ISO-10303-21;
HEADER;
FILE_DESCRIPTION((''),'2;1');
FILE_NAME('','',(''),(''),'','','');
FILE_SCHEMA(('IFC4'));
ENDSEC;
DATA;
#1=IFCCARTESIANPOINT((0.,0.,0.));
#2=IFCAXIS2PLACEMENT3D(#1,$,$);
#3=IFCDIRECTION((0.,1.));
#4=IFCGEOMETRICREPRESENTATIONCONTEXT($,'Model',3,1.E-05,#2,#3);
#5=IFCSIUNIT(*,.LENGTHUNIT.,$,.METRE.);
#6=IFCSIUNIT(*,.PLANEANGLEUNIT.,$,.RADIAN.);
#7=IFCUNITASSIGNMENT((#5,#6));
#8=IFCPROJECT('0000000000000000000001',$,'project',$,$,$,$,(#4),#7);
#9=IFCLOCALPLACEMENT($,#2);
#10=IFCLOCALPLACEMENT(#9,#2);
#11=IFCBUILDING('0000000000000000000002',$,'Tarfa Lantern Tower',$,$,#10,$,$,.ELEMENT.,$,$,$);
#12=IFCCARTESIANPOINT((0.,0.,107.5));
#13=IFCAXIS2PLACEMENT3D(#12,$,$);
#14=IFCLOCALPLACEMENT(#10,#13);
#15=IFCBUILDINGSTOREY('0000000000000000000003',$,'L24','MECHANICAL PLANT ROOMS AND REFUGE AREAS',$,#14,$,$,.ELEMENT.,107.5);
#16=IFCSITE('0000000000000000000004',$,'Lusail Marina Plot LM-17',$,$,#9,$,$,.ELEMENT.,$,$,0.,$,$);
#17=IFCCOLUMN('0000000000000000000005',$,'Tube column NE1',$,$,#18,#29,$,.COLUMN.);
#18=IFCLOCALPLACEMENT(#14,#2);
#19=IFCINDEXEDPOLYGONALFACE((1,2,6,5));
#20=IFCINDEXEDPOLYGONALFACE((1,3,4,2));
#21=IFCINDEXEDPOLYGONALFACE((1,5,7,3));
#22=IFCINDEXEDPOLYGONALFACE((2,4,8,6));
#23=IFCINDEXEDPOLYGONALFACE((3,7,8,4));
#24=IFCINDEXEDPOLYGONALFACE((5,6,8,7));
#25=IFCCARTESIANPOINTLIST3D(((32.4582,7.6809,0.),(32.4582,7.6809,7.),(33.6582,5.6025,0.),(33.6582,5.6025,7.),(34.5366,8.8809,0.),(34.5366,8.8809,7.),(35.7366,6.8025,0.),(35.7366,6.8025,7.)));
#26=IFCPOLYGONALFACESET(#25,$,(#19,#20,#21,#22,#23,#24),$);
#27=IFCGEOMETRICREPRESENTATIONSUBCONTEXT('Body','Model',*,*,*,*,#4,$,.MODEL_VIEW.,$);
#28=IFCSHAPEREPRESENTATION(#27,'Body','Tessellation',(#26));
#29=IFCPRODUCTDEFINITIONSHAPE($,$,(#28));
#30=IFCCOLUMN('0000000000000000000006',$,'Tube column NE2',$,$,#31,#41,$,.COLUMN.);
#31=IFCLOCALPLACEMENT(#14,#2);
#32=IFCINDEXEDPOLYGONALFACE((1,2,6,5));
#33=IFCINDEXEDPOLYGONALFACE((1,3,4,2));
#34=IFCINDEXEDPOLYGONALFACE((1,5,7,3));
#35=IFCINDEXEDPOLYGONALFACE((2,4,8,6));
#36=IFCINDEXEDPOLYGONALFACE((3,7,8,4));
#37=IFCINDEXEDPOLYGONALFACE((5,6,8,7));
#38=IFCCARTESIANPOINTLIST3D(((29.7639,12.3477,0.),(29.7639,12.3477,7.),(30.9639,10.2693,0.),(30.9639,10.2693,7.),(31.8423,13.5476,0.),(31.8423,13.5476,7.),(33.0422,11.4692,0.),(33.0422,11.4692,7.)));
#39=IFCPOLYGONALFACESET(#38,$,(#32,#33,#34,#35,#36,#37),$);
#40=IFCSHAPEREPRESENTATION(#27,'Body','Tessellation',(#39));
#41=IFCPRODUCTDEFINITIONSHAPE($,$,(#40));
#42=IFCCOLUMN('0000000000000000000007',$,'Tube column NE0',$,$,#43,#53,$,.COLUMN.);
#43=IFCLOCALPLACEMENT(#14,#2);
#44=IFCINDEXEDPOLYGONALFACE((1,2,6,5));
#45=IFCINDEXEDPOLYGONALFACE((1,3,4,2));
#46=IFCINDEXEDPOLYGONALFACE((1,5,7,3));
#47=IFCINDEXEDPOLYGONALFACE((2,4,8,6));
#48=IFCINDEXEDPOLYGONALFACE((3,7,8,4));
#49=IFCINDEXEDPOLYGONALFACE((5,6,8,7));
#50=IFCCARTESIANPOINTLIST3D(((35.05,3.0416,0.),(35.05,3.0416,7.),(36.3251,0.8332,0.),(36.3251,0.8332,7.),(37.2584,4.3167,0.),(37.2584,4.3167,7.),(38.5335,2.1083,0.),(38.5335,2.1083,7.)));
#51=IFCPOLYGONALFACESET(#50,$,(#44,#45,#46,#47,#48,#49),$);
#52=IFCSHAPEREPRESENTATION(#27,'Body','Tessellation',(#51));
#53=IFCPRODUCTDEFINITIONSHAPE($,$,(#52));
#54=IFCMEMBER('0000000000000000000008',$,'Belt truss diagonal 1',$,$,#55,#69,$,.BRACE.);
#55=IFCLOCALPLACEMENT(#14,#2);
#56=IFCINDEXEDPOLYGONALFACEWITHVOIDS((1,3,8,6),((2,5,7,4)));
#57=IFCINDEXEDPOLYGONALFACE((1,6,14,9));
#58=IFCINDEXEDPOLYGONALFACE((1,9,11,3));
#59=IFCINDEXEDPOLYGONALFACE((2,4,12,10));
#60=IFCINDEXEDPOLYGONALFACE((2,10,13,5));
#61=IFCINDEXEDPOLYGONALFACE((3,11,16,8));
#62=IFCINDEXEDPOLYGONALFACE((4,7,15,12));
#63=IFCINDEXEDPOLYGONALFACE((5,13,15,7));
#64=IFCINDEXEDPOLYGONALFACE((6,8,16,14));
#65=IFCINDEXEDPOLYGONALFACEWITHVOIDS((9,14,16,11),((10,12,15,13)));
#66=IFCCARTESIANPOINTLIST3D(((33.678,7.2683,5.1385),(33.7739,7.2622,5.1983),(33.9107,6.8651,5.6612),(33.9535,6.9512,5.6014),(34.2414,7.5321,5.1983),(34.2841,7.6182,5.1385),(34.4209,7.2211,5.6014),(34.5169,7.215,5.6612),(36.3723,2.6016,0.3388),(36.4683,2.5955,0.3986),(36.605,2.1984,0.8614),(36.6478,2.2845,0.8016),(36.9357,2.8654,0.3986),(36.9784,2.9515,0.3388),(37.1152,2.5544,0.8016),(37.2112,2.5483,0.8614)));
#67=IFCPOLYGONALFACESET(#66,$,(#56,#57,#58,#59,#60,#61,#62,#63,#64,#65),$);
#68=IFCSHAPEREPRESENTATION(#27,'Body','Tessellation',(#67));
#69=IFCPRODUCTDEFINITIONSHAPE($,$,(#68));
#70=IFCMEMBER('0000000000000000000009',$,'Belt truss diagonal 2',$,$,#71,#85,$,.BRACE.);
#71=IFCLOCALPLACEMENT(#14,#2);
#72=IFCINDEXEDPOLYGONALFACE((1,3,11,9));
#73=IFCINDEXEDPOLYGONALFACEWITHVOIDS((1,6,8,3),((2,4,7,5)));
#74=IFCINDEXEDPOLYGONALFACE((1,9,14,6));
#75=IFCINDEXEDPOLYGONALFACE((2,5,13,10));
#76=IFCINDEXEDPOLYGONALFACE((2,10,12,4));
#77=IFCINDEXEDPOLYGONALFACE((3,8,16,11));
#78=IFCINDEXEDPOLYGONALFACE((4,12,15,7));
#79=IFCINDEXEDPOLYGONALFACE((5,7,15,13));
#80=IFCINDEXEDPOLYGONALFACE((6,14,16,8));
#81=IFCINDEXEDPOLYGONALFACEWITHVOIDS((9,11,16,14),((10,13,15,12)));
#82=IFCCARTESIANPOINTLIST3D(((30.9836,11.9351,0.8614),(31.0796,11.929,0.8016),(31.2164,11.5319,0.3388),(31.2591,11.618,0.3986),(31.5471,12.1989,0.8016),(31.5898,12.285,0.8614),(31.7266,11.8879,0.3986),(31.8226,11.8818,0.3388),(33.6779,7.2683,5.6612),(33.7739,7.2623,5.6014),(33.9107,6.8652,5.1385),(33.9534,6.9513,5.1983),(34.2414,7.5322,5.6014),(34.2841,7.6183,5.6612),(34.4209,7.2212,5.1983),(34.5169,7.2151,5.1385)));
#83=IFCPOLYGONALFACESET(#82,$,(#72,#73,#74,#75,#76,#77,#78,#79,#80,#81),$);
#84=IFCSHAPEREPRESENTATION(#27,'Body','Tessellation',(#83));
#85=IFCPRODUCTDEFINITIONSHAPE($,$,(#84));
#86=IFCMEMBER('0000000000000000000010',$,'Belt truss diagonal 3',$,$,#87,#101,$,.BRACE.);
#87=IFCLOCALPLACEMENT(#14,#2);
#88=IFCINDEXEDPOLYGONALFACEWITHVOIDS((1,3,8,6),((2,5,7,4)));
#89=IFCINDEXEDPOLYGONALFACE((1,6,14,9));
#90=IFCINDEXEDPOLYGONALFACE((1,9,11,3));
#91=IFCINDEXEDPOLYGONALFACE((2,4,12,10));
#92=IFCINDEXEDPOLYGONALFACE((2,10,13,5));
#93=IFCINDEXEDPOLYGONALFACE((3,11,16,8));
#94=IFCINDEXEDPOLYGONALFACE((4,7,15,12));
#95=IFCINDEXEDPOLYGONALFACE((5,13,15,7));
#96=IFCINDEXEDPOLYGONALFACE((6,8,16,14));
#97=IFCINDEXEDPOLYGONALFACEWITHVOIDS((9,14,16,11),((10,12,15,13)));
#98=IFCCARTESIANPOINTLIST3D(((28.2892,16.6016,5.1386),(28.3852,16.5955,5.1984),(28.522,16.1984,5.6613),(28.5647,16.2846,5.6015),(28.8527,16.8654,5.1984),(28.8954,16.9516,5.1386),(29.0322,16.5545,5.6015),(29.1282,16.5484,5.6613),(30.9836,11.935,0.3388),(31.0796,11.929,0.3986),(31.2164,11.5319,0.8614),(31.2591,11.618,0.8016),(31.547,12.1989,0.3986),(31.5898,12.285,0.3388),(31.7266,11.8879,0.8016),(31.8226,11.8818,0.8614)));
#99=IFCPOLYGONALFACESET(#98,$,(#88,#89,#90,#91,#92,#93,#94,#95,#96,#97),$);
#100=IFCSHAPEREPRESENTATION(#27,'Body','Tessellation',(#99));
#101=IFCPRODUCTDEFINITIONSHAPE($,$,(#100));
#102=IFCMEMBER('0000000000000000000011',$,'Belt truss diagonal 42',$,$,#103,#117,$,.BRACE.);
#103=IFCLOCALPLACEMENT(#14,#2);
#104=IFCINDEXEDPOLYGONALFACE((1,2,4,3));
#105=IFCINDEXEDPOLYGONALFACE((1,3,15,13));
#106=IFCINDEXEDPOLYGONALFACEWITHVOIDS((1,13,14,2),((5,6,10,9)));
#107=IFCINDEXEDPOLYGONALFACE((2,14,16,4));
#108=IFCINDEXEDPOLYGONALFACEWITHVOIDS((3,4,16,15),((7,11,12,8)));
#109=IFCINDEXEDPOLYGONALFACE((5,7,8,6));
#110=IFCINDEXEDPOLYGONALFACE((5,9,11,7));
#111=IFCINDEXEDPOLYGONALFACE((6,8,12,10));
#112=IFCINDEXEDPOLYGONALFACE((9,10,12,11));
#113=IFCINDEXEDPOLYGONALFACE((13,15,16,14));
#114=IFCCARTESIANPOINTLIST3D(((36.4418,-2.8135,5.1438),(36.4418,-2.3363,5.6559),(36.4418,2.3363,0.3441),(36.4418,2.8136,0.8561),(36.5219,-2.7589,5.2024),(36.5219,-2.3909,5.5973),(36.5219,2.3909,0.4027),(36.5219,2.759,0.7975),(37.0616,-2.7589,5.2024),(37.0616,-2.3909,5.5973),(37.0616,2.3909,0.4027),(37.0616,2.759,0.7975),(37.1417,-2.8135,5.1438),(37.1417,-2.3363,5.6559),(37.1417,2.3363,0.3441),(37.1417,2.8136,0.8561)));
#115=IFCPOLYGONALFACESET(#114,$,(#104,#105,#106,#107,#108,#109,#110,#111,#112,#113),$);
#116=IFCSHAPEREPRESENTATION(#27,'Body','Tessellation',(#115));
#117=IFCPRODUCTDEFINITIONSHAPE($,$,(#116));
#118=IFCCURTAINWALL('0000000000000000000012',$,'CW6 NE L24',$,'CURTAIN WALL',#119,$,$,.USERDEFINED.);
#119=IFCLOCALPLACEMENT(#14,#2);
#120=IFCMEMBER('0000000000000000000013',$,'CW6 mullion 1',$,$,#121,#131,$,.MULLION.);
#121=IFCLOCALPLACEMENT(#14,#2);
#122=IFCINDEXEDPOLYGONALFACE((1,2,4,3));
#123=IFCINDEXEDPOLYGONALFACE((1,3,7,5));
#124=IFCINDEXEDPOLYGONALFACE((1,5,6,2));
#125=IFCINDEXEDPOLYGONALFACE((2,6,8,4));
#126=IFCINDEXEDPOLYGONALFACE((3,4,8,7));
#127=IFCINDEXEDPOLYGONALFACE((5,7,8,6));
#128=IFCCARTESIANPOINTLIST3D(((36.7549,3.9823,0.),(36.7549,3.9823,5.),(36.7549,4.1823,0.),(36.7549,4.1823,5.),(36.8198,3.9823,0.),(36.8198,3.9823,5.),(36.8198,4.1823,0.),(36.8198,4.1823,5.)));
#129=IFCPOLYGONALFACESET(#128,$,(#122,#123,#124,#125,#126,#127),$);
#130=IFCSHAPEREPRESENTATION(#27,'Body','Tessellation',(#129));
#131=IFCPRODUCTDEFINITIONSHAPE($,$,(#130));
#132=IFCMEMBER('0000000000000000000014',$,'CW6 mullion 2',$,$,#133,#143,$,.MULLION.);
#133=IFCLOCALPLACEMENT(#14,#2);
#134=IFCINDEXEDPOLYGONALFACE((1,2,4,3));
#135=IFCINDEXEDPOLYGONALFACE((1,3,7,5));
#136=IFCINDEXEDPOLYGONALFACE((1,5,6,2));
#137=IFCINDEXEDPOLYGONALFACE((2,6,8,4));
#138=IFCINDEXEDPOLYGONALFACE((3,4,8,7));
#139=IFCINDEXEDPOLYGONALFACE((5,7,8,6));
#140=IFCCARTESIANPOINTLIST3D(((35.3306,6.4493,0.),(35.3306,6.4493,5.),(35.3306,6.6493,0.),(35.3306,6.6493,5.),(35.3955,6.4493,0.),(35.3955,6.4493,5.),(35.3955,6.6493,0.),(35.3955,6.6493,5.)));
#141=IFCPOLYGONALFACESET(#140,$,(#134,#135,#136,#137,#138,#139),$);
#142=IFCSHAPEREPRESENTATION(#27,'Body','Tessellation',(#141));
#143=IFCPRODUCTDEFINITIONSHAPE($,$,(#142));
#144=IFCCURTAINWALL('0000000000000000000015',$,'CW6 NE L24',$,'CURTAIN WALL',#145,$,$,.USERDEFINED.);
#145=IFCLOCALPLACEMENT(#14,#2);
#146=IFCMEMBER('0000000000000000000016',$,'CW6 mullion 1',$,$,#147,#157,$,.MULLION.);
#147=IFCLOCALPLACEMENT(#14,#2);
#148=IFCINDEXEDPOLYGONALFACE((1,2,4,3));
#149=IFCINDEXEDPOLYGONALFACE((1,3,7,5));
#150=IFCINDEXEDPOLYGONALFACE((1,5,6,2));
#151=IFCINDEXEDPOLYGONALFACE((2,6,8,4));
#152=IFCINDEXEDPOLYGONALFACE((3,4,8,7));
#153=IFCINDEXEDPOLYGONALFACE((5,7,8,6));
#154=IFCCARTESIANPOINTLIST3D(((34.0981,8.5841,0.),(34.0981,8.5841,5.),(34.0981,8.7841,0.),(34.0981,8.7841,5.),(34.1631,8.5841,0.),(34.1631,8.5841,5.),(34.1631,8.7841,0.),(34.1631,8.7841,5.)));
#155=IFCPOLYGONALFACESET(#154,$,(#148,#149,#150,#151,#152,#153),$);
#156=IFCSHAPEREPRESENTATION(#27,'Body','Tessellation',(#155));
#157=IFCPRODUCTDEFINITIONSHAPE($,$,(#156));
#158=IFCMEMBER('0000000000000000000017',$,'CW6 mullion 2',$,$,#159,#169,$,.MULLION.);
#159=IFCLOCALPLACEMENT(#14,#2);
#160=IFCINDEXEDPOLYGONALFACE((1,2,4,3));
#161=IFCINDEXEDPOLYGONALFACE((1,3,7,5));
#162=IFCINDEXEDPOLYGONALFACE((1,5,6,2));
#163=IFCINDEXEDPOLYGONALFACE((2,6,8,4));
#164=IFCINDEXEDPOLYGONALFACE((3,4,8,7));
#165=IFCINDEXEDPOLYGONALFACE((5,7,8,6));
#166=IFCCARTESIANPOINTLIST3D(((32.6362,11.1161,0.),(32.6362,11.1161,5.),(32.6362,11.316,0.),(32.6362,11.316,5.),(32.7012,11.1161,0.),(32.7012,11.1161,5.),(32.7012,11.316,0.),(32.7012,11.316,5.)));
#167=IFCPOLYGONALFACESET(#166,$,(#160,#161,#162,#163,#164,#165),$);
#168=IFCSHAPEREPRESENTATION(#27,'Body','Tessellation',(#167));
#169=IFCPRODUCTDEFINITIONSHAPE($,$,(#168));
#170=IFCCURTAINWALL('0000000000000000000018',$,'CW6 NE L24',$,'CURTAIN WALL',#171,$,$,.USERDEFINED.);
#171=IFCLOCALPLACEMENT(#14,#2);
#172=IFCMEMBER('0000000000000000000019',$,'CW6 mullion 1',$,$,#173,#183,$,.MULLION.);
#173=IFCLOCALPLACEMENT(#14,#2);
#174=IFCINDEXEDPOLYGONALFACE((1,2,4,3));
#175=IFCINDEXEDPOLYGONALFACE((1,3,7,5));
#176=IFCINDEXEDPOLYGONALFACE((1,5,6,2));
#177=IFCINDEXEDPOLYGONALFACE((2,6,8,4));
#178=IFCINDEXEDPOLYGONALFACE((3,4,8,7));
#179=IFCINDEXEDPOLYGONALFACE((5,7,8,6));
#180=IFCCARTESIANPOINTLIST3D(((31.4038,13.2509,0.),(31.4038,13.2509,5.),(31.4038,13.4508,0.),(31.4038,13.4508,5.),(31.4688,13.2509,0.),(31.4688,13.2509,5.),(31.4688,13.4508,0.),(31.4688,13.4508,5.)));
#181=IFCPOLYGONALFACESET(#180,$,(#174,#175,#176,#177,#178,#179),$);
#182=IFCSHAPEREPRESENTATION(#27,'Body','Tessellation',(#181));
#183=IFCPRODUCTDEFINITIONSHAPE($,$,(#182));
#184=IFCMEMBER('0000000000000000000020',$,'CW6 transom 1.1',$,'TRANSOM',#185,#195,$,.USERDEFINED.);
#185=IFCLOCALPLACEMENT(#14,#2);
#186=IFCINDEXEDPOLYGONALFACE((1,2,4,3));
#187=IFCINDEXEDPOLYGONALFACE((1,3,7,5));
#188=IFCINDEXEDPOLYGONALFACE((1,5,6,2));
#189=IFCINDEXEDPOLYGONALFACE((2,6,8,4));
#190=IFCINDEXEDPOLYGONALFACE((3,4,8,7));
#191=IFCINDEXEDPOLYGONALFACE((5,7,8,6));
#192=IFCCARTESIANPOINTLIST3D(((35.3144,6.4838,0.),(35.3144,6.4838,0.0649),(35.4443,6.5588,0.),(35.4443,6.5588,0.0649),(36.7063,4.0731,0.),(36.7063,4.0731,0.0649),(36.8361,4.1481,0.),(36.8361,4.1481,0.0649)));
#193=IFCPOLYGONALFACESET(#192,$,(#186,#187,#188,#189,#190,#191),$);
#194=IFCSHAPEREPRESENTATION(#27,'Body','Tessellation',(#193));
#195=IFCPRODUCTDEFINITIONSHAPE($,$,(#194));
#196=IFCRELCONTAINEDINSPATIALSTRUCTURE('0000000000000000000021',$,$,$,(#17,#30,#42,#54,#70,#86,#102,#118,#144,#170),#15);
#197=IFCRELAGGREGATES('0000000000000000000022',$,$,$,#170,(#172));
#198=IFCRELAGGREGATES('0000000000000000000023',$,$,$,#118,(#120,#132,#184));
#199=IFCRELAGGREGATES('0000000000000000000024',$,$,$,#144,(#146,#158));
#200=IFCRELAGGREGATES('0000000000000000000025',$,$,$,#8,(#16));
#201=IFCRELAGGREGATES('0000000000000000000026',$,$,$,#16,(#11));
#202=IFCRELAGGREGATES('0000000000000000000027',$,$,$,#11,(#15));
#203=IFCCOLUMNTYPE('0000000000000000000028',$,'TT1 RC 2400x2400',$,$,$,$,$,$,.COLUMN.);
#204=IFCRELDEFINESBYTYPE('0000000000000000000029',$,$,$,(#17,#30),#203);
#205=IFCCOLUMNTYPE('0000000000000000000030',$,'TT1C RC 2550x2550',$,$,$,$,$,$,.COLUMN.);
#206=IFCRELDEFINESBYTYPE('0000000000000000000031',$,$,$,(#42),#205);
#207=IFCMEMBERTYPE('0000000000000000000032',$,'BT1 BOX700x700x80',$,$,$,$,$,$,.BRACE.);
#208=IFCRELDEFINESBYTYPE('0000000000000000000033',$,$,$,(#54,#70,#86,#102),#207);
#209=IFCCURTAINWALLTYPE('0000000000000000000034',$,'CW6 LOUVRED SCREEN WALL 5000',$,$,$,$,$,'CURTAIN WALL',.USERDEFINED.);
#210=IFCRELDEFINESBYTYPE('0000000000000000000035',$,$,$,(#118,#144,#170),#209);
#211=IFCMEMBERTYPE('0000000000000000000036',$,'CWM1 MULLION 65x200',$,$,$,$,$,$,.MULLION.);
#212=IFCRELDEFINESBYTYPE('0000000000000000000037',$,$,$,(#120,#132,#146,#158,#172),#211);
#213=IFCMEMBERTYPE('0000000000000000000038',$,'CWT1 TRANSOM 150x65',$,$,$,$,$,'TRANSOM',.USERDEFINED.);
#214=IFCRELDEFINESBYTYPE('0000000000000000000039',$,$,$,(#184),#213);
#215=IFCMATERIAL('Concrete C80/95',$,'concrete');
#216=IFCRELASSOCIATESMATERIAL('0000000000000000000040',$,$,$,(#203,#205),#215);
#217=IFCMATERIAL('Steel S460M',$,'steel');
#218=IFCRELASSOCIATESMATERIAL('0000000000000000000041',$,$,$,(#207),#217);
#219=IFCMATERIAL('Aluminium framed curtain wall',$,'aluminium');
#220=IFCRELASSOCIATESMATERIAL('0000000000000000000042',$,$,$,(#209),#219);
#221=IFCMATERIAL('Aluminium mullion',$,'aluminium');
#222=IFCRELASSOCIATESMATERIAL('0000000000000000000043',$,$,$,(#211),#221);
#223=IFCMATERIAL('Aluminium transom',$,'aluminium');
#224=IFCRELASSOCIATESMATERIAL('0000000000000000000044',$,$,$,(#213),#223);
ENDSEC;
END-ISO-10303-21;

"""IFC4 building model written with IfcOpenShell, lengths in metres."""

from ifc_helpers import new_model, si_unit, direction, frame, origin, origin_2d, place, context, subcontext, project, spatial, rectangle, hollow_rectangle, extrude, material, material_profile, profile_set, type_object, element, aggregate, save


model = new_model("IFC4")

# Units and contexts
model_context = context("Model", 3, precision=1e-05, world=origin(), true_north=direction((0.0, 1.0)))
body_context = subcontext(model_context, "Body", "Model", "MODEL_VIEW")
ifc_project = project(units=[si_unit("LENGTHUNIT", "METRE"), si_unit("PLANEANGLEUNIT", "RADIAN")], contexts=[model_context])

# Site, building, storey
site_placement = place(None, origin())
site = spatial("IfcSite", under=ifc_project, at=site_placement, Name="Lusail Marina Plot LM-17", CompositionType="ELEMENT", RefElevation=0.0)
building_placement = place(site_placement, origin())
building = spatial("IfcBuilding", under=site, at=building_placement, Name="Tarfa Lantern Tower", CompositionType="ELEMENT")
storey_placement = place(building_placement, frame((0.0, 0.0, 107.5)))
storey = spatial("IfcBuildingStorey", under=building, at=storey_placement, Name="L24", Description="MECHANICAL PLANT ROOMS AND REFUGE AREAS", CompositionType="ELEMENT", Elevation=107.5)

# Columns
ifc_material_1 = material(Name="Concrete C80/95", Category="concrete")
ifc_material_profile_1 = material_profile(ifc_material_1, rectangle(XDim=2.3999, YDim=2.3999, at=origin_2d()), Name="RC 2400x2400")
ifc_profile_set_1 = profile_set([ifc_material_profile_1], Name="Concrete C80/95")
column_type_1 = type_object("IfcColumnType", Name="TT1 RC 2400x2400", PredefinedType="COLUMN", material=ifc_profile_set_1)
for number, where, z_axis, x_axis, name in (
    (1, (34.0974, 7.2417, 0.0), (0.0, 0.0, 1.0), (-0.5, 0.866025, 0.0), "Tube column NE1"),
    (2, (31.4031, 11.9084, 0.0), (0.0, 0.0, 1.0), (-0.5, 0.866025, 0.0), "Tube column NE2"),
):
    element("IfcColumn", number, at=place(storey_placement, frame(where, z_axis=z_axis, x_axis=x_axis)), inside=storey, type_object=column_type_1, Name=name, PredefinedType="COLUMN", context=body_context, shape_type="SweptSolid", body=[
        extrude(rectangle(XDim=2.3999, YDim=2.3999, at=origin_2d()), origin(), (0.0, 0.0, 1.0), 7.0),
    ])
ifc_material_profile_2 = material_profile(ifc_material_1, rectangle(XDim=2.55, YDim=2.55, at=origin_2d()), Name="RC 2550x2550")
ifc_profile_set_2 = profile_set([ifc_material_profile_2], Name="Concrete C80/95")
column_type_2 = type_object("IfcColumnType", Name="TT1C RC 2550x2550", PredefinedType="COLUMN", material=ifc_profile_set_2)
column_placement = place(storey_placement, frame((36.7917, 2.575, 0.0), z_axis=(0.0, 0.0, 1.0), x_axis=(-0.5, 0.866025, 0.0)))
element("IfcColumn", 3, at=column_placement, inside=storey, type_object=column_type_2, Name="Tube column NE0", PredefinedType="COLUMN", context=body_context, shape_type="SweptSolid", body=[
    extrude(rectangle(XDim=2.55, YDim=2.55, at=origin_2d()), origin(), (0.0, 0.0, 1.0), 7.0),
])

# Members
ifc_material_2 = material(Name="Steel S460M", Category="steel")
ifc_material_profile_3 = material_profile(ifc_material_2, hollow_rectangle(XDim=0.7, YDim=0.7, WallThickness=0.0801, at=origin_2d()), Name="BOX700x700x80")
ifc_profile_set_3 = profile_set([ifc_material_profile_3], Name="Steel S460M")
member_type_1 = type_object("IfcMemberType", Name="BT1 BOX700x700x80", PredefinedType="BRACE", material=ifc_profile_set_3)
for number, where, z_axis, x_axis, name in (
    (4, (36.7917, 2.575, 0.6001), (-0.373364, 0.646688, 0.665127), (-0.866026, -0.499998, 0.0), "Belt truss diagonal 1"),
    (5, (31.4031, 11.9084, 0.6001), (0.373364, -0.646688, 0.665127), (0.866026, 0.499998, 0.0), "Belt truss diagonal 2"),
    (6, (31.4031, 11.9084, 0.6001), (-0.373372, 0.646669, 0.665141), (-0.866015, -0.500018, 0.0), "Belt truss diagonal 3"),
):
    element("IfcMember", number, at=place(storey_placement, frame(where, z_axis=z_axis, x_axis=x_axis)), inside=storey, type_object=member_type_1, Name=name, PredefinedType="BRACE", context=body_context, shape_type="SweptSolid", body=[
        extrude(hollow_rectangle(XDim=0.7, YDim=0.7, WallThickness=0.0801, at=origin_2d()), origin(), (0.0, 0.0, 1.0), 7.2163),
    ])
member_1_placement = place(storey_placement, frame((36.7917, 2.575, 0.6001), z_axis=(0.0, -0.731535, 0.681804), x_axis=(1.0, 0.0, 0.0)))
element("IfcMember", 7, at=member_1_placement, inside=storey, type_object=member_type_1, Name="Belt truss diagonal 42", PredefinedType="BRACE", context=body_context, shape_type="SweptSolid", body=[
    extrude(hollow_rectangle(XDim=0.7, YDim=0.7, WallThickness=0.0801, at=origin_2d()), origin(), (0.0, 0.0, 1.0), 7.0398),
])

# Curtain walls, members
ifc_material_3 = material(Name="Aluminium framed curtain wall", Category="aluminium")
curtain_wall_type = type_object("IfcCurtainWallType", Name="CW6 LOUVRED SCREEN WALL 5000", ElementType="CURTAIN WALL", PredefinedType="USERDEFINED", material=ifc_material_3)
curtain_wall_1_placement = place(storey_placement, origin())
curtain_wall_1 = element("IfcCurtainWall", 8, at=curtain_wall_1_placement, inside=storey, type_object=curtain_wall_type, Name="CW6 NE L24", ObjectType="CURTAIN WALL", PredefinedType="USERDEFINED")
ifc_material_4 = material(Name="Aluminium mullion", Category="aluminium")
ifc_material_profile_4 = material_profile(ifc_material_4, rectangle(XDim=0.0649, YDim=0.2, at=origin_2d()), Name="AL MULLION 65x200")
ifc_profile_set_4 = profile_set([ifc_material_profile_4], Name="Aluminium mullion")
member_type_2 = type_object("IfcMemberType", Name="CWM1 MULLION 65x200", PredefinedType="MULLION", material=ifc_profile_set_4)
member_2_placement = place(storey_placement, frame((36.7874, 4.0823, 0.0), z_axis=(0.0, 0.0, 1.0), x_axis=(1.0, 0.0, 0.0)))
member_2 = element("IfcMember", 9, at=member_2_placement, type_object=member_type_2, Name="CW6 mullion 1", PredefinedType="MULLION", context=body_context, shape_type="SweptSolid", body=[
    extrude(rectangle(XDim=0.0649, YDim=0.2, at=origin_2d()), origin(), (0.0, 0.0, 1.0), 5.0),
])
member_3_placement = place(storey_placement, frame((35.363, 6.5493, 0.0), z_axis=(0.0, 0.0, 1.0), x_axis=(1.0, 0.0, 0.0)))
member_3 = element("IfcMember", 10, at=member_3_placement, type_object=member_type_2, Name="CW6 mullion 2", PredefinedType="MULLION", context=body_context, shape_type="SweptSolid", body=[
    extrude(rectangle(XDim=0.0649, YDim=0.2, at=origin_2d()), origin(), (0.0, 0.0, 1.0), 5.0),
])
curtain_wall_2_placement = place(storey_placement, origin())
curtain_wall_2 = element("IfcCurtainWall", 11, at=curtain_wall_2_placement, inside=storey, type_object=curtain_wall_type, Name="CW6 NE L24", ObjectType="CURTAIN WALL", PredefinedType="USERDEFINED")
member_4_placement = place(storey_placement, frame((34.1306, 8.6841, 0.0), z_axis=(0.0, 0.0, 1.0), x_axis=(1.0, 0.0, 0.0)))
member_4 = element("IfcMember", 12, at=member_4_placement, type_object=member_type_2, Name="CW6 mullion 1", PredefinedType="MULLION", context=body_context, shape_type="SweptSolid", body=[
    extrude(rectangle(XDim=0.0649, YDim=0.2, at=origin_2d()), origin(), (0.0, 0.0, 1.0), 5.0),
])
member_5_placement = place(storey_placement, frame((32.6687, 11.2161, 0.0), z_axis=(0.0, 0.0, 1.0), x_axis=(1.0, 0.0, 0.0)))
member_5 = element("IfcMember", 13, at=member_5_placement, type_object=member_type_2, Name="CW6 mullion 2", PredefinedType="MULLION", context=body_context, shape_type="SweptSolid", body=[
    extrude(rectangle(XDim=0.0649, YDim=0.2, at=origin_2d()), origin(), (0.0, 0.0, 1.0), 5.0),
])

# Curtain wall, member
curtain_wall_3_placement = place(storey_placement, origin())
curtain_wall_3 = element("IfcCurtainWall", 14, at=curtain_wall_3_placement, inside=storey, type_object=curtain_wall_type, Name="CW6 NE L24", ObjectType="CURTAIN WALL", PredefinedType="USERDEFINED")
member_6_placement = place(storey_placement, frame((31.4363, 13.3508, 0.0), z_axis=(0.0, 0.0, 1.0), x_axis=(1.0, 0.0, 0.0)))
member_6 = element("IfcMember", 15, at=member_6_placement, type_object=member_type_2, Name="CW6 mullion 1", PredefinedType="MULLION", context=body_context, shape_type="SweptSolid", body=[
    extrude(rectangle(XDim=0.0649, YDim=0.2, at=origin_2d()), origin(), (0.0, 0.0, 1.0), 5.0),
])

# Member
ifc_material_5 = material(Name="Aluminium transom", Category="aluminium")
ifc_material_profile_5 = material_profile(ifc_material_5, rectangle(XDim=0.1499, YDim=0.0649, at=origin_2d()), Name="AL TRANSOM 150x65")
ifc_profile_set_5 = profile_set([ifc_material_profile_5], Name="Aluminium transom")
member_type_3 = type_object("IfcMemberType", Name="CWT1 TRANSOM 150x65", ElementType="TRANSOM", PredefinedType="USERDEFINED", material=ifc_profile_set_5)
member_7_placement = place(storey_placement, frame((36.7712, 4.1106, 0.0325), z_axis=(-0.500016, 0.866016, 0.0), x_axis=(-0.866016, -0.500016, 0.0)))
member_7 = element("IfcMember", 16, at=member_7_placement, type_object=member_type_3, Name="CW6 transom 1.1", ObjectType="TRANSOM", PredefinedType="USERDEFINED", context=body_context, shape_type="SweptSolid", body=[
    extrude(rectangle(XDim=0.1499, YDim=0.0649, at=origin_2d()), origin(), (0.0, 0.0, 1.0), 2.7837),
])
aggregate(curtain_wall_3, [member_6])

aggregate(curtain_wall_1, [member_2, member_3, member_7])
aggregate(curtain_wall_2, [member_4, member_5])

save(model, "model.ifc")
